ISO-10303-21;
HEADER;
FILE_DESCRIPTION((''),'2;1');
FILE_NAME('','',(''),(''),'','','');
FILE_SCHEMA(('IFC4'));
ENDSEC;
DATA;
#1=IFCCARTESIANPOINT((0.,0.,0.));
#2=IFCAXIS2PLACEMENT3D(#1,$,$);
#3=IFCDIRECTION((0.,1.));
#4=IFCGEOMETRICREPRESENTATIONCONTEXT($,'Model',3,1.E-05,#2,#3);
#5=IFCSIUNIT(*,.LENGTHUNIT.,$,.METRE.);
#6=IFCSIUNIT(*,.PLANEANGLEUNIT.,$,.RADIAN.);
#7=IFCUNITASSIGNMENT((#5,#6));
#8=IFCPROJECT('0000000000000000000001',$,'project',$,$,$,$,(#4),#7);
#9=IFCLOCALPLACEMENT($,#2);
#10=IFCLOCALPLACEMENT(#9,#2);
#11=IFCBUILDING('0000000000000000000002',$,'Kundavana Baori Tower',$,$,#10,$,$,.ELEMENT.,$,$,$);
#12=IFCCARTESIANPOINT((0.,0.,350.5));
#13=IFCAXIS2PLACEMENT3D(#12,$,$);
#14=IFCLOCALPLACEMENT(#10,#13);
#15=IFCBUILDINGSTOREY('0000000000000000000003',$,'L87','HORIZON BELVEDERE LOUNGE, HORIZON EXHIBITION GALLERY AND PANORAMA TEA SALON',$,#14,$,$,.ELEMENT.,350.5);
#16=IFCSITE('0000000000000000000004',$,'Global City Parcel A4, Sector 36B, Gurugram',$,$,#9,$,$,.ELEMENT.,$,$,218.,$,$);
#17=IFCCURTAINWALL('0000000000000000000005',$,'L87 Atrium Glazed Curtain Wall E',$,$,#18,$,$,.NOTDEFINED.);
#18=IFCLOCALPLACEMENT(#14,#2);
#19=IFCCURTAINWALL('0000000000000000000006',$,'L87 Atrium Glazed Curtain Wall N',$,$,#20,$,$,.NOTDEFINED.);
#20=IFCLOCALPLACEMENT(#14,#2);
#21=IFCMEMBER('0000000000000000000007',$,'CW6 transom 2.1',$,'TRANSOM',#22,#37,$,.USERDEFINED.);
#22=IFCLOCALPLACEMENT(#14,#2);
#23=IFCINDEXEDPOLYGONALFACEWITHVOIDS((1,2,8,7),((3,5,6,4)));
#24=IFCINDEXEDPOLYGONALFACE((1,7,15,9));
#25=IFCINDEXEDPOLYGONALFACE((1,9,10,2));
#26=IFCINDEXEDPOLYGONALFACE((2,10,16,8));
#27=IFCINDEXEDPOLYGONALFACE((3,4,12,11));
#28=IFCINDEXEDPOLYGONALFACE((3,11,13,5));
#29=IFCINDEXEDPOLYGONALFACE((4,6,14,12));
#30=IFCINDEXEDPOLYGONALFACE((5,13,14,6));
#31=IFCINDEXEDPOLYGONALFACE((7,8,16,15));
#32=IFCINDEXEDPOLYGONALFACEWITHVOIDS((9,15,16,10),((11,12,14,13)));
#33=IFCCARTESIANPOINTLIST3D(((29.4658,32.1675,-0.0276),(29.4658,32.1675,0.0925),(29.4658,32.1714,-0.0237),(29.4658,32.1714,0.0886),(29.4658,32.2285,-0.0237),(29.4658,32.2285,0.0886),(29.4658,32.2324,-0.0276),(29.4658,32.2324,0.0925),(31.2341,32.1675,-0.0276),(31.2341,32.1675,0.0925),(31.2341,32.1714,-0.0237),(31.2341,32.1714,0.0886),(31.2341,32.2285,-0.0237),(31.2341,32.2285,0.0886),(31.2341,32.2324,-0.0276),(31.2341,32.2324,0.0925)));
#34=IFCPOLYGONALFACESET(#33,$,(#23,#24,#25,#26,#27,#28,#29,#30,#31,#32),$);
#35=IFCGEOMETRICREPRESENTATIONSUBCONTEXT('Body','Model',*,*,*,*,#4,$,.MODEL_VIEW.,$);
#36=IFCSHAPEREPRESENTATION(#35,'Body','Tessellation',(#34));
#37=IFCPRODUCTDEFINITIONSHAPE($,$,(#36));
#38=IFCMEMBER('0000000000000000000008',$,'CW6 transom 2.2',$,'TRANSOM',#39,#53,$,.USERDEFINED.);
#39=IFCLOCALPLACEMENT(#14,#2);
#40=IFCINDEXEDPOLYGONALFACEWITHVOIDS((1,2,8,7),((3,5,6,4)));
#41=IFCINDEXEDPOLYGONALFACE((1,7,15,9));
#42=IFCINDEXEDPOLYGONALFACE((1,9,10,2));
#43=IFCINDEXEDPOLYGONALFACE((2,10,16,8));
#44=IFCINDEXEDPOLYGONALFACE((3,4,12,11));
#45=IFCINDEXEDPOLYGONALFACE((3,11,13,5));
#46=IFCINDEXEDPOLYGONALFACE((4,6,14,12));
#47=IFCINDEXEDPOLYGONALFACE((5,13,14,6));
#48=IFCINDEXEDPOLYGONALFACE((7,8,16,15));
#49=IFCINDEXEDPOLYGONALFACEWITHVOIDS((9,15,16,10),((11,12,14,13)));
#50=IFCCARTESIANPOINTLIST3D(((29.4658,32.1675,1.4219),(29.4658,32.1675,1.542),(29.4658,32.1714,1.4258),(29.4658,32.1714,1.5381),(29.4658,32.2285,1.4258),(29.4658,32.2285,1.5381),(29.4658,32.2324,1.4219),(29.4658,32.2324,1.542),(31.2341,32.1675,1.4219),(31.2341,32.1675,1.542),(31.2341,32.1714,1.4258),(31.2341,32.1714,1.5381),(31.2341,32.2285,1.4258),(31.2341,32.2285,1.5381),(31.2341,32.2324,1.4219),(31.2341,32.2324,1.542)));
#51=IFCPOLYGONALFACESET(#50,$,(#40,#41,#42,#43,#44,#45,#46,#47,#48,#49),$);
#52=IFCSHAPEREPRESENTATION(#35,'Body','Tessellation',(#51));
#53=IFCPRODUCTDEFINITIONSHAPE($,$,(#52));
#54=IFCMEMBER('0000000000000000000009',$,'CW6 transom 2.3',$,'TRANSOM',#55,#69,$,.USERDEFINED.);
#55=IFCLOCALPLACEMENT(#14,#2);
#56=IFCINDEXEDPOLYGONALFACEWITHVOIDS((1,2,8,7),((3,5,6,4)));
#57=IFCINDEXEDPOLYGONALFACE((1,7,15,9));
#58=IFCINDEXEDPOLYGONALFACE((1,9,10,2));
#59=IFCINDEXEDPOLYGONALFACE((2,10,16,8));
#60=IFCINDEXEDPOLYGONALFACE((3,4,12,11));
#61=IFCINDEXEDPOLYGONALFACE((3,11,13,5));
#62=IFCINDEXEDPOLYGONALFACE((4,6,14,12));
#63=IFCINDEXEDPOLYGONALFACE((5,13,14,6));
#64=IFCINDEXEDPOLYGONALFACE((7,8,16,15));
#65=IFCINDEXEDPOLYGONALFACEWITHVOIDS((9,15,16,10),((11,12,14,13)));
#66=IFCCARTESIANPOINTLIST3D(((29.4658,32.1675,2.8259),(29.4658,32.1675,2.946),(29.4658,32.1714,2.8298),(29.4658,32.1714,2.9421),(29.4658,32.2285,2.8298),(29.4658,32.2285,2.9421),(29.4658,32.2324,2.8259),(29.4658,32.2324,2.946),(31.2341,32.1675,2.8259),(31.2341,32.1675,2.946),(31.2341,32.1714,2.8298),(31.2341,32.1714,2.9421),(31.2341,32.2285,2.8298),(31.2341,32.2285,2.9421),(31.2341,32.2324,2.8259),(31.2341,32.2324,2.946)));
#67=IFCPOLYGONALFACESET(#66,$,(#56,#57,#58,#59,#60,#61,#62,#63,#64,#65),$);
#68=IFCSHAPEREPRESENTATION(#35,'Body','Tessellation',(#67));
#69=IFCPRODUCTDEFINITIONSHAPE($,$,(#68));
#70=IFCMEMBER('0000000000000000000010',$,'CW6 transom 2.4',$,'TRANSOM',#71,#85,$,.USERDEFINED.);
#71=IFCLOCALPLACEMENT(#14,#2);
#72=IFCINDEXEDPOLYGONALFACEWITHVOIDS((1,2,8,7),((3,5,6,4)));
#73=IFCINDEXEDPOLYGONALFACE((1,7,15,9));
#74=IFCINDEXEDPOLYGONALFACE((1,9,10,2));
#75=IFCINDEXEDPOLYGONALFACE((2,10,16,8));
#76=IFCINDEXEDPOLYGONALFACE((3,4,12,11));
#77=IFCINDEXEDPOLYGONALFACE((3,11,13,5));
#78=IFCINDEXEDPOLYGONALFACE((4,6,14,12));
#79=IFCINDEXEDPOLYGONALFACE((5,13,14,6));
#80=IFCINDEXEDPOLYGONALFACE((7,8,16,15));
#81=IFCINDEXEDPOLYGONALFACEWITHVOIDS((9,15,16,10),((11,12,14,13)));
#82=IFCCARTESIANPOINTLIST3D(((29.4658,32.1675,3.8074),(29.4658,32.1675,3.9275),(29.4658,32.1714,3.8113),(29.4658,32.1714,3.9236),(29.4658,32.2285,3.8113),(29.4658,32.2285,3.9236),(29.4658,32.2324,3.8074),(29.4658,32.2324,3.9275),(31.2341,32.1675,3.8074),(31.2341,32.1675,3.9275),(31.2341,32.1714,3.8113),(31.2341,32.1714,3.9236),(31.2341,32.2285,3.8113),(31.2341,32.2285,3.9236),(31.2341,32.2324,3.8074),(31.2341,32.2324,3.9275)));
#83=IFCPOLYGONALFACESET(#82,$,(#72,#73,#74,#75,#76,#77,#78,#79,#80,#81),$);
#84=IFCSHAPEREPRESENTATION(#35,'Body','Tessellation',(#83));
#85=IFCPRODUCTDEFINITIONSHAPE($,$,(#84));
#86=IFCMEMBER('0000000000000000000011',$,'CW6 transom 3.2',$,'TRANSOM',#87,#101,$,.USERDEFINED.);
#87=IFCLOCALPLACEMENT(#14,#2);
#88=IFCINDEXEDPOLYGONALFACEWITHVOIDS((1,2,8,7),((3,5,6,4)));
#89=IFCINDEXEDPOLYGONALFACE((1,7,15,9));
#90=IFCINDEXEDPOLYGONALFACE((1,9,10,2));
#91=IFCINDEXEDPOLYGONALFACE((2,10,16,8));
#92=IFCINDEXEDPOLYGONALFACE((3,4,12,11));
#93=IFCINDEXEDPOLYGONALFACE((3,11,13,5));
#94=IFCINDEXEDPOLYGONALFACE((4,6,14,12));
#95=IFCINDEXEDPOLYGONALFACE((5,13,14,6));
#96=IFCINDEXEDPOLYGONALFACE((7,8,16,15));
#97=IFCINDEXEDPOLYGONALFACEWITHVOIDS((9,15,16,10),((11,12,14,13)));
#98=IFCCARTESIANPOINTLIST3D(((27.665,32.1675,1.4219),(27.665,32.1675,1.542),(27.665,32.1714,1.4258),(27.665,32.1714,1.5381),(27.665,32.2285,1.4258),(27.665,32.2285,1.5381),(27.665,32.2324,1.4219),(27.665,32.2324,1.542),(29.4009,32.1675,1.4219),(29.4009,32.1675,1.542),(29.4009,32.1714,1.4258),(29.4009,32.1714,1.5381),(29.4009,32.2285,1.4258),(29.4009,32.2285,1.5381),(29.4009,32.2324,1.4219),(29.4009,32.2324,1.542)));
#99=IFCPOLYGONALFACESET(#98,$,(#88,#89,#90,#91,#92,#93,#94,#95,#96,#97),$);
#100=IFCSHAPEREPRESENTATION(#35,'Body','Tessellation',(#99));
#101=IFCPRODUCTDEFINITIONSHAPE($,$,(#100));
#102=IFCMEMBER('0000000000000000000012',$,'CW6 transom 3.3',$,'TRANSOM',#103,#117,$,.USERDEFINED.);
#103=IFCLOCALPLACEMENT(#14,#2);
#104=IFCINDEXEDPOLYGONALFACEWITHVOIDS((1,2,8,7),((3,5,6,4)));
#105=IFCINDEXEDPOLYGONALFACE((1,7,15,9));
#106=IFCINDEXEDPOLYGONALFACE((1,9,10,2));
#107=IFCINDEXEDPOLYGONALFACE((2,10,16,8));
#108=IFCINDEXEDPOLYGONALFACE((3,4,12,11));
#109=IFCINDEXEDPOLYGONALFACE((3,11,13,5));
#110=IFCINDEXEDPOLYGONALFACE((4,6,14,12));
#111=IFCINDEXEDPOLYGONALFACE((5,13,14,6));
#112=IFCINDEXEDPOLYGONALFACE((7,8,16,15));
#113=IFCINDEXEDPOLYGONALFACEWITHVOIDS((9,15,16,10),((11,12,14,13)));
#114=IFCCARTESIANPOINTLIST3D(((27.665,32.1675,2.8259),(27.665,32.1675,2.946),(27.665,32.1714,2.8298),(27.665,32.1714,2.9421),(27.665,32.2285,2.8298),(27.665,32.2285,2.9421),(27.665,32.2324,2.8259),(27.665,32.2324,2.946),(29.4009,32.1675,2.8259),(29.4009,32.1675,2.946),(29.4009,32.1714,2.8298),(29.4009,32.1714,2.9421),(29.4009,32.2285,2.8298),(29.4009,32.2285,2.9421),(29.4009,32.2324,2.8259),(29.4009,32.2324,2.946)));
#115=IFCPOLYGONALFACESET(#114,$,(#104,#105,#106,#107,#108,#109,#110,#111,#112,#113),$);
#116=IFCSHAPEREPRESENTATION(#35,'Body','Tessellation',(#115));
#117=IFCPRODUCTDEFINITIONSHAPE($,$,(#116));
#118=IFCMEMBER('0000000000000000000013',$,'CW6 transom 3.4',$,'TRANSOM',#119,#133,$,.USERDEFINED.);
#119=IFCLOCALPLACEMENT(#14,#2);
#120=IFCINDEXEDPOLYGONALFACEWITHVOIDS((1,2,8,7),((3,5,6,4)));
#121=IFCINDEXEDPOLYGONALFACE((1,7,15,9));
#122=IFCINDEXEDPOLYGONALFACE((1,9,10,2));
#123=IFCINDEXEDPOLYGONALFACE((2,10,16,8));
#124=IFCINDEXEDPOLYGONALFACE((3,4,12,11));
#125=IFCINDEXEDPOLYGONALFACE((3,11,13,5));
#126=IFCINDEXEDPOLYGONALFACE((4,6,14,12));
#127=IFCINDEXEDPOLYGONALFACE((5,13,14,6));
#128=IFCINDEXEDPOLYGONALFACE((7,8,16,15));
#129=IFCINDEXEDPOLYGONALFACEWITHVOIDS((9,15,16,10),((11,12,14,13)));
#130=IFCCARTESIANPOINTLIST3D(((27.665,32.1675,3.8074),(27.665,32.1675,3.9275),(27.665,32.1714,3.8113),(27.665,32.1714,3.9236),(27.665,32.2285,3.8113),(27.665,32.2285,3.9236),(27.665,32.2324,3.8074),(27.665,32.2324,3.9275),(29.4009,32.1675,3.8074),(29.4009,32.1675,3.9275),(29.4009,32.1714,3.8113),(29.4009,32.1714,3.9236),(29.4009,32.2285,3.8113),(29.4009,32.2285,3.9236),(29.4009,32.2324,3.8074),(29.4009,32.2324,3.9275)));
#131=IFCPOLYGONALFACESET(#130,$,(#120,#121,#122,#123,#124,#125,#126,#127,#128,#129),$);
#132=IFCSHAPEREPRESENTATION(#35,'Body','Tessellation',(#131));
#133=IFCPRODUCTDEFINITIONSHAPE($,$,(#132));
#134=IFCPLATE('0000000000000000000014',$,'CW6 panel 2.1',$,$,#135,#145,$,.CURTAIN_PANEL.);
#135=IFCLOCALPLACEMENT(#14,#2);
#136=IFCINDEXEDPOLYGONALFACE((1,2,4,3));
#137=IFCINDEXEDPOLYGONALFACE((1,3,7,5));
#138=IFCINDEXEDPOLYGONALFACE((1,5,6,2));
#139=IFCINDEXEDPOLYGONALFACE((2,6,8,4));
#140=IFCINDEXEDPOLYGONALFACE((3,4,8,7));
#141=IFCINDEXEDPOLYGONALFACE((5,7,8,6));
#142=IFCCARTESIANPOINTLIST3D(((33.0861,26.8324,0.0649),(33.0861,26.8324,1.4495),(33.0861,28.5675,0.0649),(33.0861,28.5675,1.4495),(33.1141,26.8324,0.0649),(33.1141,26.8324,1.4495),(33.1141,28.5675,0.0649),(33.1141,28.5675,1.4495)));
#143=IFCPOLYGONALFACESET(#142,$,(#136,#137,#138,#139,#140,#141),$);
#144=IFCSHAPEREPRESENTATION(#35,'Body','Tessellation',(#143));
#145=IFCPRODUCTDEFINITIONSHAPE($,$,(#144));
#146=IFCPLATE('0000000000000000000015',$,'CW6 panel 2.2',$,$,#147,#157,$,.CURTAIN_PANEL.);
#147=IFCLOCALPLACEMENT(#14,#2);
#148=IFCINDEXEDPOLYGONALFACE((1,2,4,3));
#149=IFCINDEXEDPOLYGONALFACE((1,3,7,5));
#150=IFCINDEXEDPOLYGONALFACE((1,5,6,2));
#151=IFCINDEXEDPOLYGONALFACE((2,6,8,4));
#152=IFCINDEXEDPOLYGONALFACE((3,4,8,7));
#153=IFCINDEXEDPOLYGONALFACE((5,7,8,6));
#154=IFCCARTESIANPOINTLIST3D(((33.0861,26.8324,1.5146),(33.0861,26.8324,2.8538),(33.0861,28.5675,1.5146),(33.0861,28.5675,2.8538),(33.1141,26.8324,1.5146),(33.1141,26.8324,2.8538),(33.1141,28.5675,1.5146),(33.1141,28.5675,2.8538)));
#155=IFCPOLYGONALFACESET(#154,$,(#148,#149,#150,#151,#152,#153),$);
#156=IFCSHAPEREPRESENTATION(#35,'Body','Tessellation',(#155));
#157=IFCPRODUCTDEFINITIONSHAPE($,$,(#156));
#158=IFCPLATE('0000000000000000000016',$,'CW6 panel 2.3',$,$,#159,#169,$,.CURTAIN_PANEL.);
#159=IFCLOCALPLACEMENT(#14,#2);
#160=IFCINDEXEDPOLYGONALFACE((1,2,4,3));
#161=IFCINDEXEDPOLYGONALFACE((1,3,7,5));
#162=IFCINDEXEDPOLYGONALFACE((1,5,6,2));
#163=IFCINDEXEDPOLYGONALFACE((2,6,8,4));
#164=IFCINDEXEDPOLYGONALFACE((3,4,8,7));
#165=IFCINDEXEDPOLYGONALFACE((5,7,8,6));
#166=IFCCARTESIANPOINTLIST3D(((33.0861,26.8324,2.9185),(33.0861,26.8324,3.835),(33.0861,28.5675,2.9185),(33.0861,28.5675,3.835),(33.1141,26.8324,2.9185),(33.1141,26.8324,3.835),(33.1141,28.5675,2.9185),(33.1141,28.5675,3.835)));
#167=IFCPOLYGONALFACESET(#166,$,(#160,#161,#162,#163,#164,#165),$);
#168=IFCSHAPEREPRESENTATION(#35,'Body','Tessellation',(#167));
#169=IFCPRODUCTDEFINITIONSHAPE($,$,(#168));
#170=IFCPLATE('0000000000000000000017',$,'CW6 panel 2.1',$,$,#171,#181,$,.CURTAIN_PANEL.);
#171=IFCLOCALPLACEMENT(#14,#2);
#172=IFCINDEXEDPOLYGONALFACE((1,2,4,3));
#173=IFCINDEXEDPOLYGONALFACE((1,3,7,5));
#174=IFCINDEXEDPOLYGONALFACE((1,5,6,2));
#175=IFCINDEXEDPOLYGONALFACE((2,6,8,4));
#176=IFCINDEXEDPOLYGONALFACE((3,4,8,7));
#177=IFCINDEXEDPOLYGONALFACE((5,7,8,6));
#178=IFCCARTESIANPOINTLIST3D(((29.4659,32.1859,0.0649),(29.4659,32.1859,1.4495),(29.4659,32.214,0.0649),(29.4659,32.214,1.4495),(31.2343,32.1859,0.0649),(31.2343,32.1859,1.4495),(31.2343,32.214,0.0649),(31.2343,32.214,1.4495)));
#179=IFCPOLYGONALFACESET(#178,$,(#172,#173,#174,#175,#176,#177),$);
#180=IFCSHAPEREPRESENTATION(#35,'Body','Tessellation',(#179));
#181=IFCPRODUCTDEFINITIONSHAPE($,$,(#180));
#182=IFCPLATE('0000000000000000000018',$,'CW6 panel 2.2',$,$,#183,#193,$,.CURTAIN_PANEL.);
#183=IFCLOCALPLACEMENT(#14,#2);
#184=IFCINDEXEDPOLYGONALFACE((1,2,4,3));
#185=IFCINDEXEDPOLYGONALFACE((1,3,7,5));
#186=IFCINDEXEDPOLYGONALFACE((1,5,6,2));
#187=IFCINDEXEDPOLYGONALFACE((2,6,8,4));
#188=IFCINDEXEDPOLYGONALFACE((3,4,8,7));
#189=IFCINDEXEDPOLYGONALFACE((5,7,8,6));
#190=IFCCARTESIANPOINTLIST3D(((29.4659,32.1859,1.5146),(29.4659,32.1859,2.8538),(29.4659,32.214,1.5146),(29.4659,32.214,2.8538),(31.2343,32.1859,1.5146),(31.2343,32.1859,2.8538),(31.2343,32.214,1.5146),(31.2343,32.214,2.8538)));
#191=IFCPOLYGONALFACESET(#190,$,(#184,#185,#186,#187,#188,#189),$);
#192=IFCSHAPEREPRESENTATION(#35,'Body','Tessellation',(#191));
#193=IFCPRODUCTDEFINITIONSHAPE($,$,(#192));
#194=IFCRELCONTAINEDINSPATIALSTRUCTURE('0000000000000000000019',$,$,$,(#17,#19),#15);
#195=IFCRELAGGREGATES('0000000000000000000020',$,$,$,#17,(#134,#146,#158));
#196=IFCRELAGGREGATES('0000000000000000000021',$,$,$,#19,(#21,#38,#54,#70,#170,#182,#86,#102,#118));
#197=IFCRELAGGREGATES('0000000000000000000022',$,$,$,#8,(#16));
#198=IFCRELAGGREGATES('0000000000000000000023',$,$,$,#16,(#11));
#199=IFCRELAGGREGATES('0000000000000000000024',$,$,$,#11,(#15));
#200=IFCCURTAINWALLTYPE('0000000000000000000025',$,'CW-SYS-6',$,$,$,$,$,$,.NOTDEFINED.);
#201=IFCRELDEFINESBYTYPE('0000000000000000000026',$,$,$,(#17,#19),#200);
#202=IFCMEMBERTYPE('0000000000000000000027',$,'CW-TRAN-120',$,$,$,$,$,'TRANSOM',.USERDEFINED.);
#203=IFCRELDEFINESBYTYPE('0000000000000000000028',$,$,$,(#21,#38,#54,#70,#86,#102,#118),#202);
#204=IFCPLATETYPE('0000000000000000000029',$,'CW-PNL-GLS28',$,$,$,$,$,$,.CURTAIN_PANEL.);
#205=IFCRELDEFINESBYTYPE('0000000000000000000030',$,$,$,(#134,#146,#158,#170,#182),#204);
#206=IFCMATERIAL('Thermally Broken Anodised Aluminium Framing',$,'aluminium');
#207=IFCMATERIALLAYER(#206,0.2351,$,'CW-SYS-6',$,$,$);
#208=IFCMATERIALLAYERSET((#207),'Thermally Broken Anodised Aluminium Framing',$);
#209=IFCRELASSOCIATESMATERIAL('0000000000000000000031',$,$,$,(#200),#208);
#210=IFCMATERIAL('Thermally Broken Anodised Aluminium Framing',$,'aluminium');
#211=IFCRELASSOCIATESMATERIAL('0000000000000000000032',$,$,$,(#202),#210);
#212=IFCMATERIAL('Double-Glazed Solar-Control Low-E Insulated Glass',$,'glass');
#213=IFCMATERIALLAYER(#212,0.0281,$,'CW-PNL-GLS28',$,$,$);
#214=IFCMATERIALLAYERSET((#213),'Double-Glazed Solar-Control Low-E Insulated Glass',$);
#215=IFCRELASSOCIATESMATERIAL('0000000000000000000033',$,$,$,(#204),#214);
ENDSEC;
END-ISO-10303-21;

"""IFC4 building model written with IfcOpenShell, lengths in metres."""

from ifc_helpers import new_model, si_unit, direction, frame, origin, origin_2d, place, context, subcontext, project, spatial, rectangle, hollow_rectangle, extrude, material, layer, layer_set, material_profile, profile_set, type_object, element, aggregate, save


model = new_model("IFC4")

# Units and contexts
model_context = context("Model", 3, precision=1e-05, world=origin(), true_north=direction((0.0, 1.0)))
body_context = subcontext(model_context, "Body", "Model", "MODEL_VIEW")
ifc_project = project(units=[si_unit("LENGTHUNIT", "METRE"), si_unit("PLANEANGLEUNIT", "RADIAN")], contexts=[model_context])

# Site, building, storey
site_placement = place(None, origin())
site = spatial("IfcSite", under=ifc_project, at=site_placement, Name="Global City Parcel A4, Sector 36B, Gurugram", CompositionType="ELEMENT", RefElevation=218.0)
building_placement = place(site_placement, origin())
building = spatial("IfcBuilding", under=site, at=building_placement, Name="Kundavana Baori Tower", CompositionType="ELEMENT")
storey_placement = place(building_placement, frame((0.0, 0.0, 350.5)))
storey = spatial("IfcBuildingStorey", under=building, at=storey_placement, Name="L87", Description="HORIZON BELVEDERE LOUNGE, HORIZON EXHIBITION GALLERY AND PANORAMA TEA SALON", CompositionType="ELEMENT", Elevation=350.5)

# Curtain walls
ifc_material_1 = material(Name="Thermally Broken Anodised Aluminium Framing", Category="aluminium")
ifc_layer_1 = layer(ifc_material_1, 0.2351, Name="CW-SYS-6")
ifc_layer_set_1 = layer_set([ifc_layer_1], Name="Thermally Broken Anodised Aluminium Framing")
curtain_wall_type = type_object("IfcCurtainWallType", Name="CW-SYS-6", PredefinedType="NOTDEFINED", material=ifc_layer_set_1)
curtain_wall_1_placement = place(storey_placement, origin())
curtain_wall_1 = element("IfcCurtainWall", 1, at=curtain_wall_1_placement, inside=storey, type_object=curtain_wall_type, Name="L87 Atrium Glazed Curtain Wall E", PredefinedType="NOTDEFINED")
curtain_wall_2_placement = place(storey_placement, origin())
curtain_wall_2 = element("IfcCurtainWall", 2, at=curtain_wall_2_placement, inside=storey, type_object=curtain_wall_type, Name="L87 Atrium Glazed Curtain Wall N", PredefinedType="NOTDEFINED")

# Members
ifc_material_2 = material(Name="Thermally Broken Anodised Aluminium Framing", Category="aluminium")
ifc_material_profile_1 = material_profile(ifc_material_2, hollow_rectangle(XDim=0.0649, YDim=0.1201, WallThickness=0.0039, at=origin_2d()), Name="CW-TRAN-120")
ifc_profile_set_1 = profile_set([ifc_material_profile_1], Name="Thermally Broken Anodised Aluminium Framing")
member_type_1 = type_object("IfcMemberType", Name="CW-TRAN-120", ElementType="TRANSOM", PredefinedType="USERDEFINED", material=ifc_profile_set_1)
member_1_placement = place(storey_placement, frame((31.2341, 32.2, 0.0325), z_axis=(-1.0, 0.0, 0.0), x_axis=(0.0, -1.0, 0.0)))
member_1 = element("IfcMember", 3, at=member_1_placement, type_object=member_type_1, Name="CW6 transom 2.1", ObjectType="TRANSOM", PredefinedType="USERDEFINED", context=body_context, shape_type="SweptSolid", body=[
    extrude(hollow_rectangle(XDim=0.0649, YDim=0.1201, WallThickness=0.0039, at=origin_2d()), origin(), (0.0, 0.0, 1.0), 1.7683),
])
member_2_placement = place(storey_placement, frame((31.2341, 32.2, 1.4819), z_axis=(-1.0, 0.0, 0.0), x_axis=(0.0, -1.0, 0.0)))
member_2 = element("IfcMember", 4, at=member_2_placement, type_object=member_type_1, Name="CW6 transom 2.2", ObjectType="TRANSOM", PredefinedType="USERDEFINED", context=body_context, shape_type="SweptSolid", body=[
    extrude(hollow_rectangle(XDim=0.0649, YDim=0.1201, WallThickness=0.0039, at=origin_2d()), origin(), (0.0, 0.0, 1.0), 1.7683),
])
member_3_placement = place(storey_placement, frame((31.2341, 32.2, 2.886), z_axis=(-1.0, 0.0, 0.0), x_axis=(0.0, -1.0, 0.0)))
member_3 = element("IfcMember", 5, at=member_3_placement, type_object=member_type_1, Name="CW6 transom 2.3", ObjectType="TRANSOM", PredefinedType="USERDEFINED", context=body_context, shape_type="SweptSolid", body=[
    extrude(hollow_rectangle(XDim=0.0649, YDim=0.1201, WallThickness=0.0039, at=origin_2d()), origin(), (0.0, 0.0, 1.0), 1.7683),
])
member_4_placement = place(storey_placement, frame((31.2341, 32.2, 3.8674), z_axis=(-1.0, 0.0, 0.0), x_axis=(0.0, -1.0, 0.0)))
member_4 = element("IfcMember", 6, at=member_4_placement, type_object=member_type_1, Name="CW6 transom 2.4", ObjectType="TRANSOM", PredefinedType="USERDEFINED", context=body_context, shape_type="SweptSolid", body=[
    extrude(hollow_rectangle(XDim=0.0649, YDim=0.1201, WallThickness=0.0039, at=origin_2d()), origin(), (0.0, 0.0, 1.0), 1.7683),
])
member_5_placement = place(storey_placement, frame((29.4009, 32.2, 1.4819), z_axis=(-1.0, 0.0, 0.0), x_axis=(0.0, -1.0, 0.0)))
member_5 = element("IfcMember", 7, at=member_5_placement, type_object=member_type_1, Name="CW6 transom 3.2", ObjectType="TRANSOM", PredefinedType="USERDEFINED", context=body_context, shape_type="SweptSolid", body=[
    extrude(hollow_rectangle(XDim=0.0649, YDim=0.1201, WallThickness=0.0039, at=origin_2d()), origin(), (0.0, 0.0, 1.0), 1.7358),
])
member_6_placement = place(storey_placement, frame((29.4009, 32.2, 2.886), z_axis=(-1.0, 0.0, 0.0), x_axis=(0.0, -1.0, 0.0)))
member_6 = element("IfcMember", 8, at=member_6_placement, type_object=member_type_1, Name="CW6 transom 3.3", ObjectType="TRANSOM", PredefinedType="USERDEFINED", context=body_context, shape_type="SweptSolid", body=[
    extrude(hollow_rectangle(XDim=0.0649, YDim=0.1201, WallThickness=0.0039, at=origin_2d()), origin(), (0.0, 0.0, 1.0), 1.7358),
])
member_7_placement = place(storey_placement, frame((29.4009, 32.2, 3.8674), z_axis=(-1.0, 0.0, 0.0), x_axis=(0.0, -1.0, 0.0)))
member_7 = element("IfcMember", 9, at=member_7_placement, type_object=member_type_1, Name="CW6 transom 3.4", ObjectType="TRANSOM", PredefinedType="USERDEFINED", context=body_context, shape_type="SweptSolid", body=[
    extrude(hollow_rectangle(XDim=0.0649, YDim=0.1201, WallThickness=0.0039, at=origin_2d()), origin(), (0.0, 0.0, 1.0), 1.7358),
])

# Plates
ifc_material_3 = material(Name="Double-Glazed Solar-Control Low-E Insulated Glass", Category="glass")
ifc_layer_2 = layer(ifc_material_3, 0.0281, Name="CW-PNL-GLS28")
ifc_layer_set_2 = layer_set([ifc_layer_2], Name="Double-Glazed Solar-Control Low-E Insulated Glass")
plate_type = type_object("IfcPlateType", Name="CW-PNL-GLS28", PredefinedType="CURTAIN_PANEL", material=ifc_layer_set_2)
plate_1_placement = place(storey_placement, frame((33.1001, 27.7, 0.0649), z_axis=(0.0, 0.0, 1.0), x_axis=(0.0, 1.0, 0.0)))
plate_1 = element("IfcPlate", 10, at=plate_1_placement, type_object=plate_type, Name="CW6 panel 2.1", PredefinedType="CURTAIN_PANEL", context=body_context, shape_type="SweptSolid", body=[
    extrude(rectangle(XDim=1.7351, YDim=0.0281, at=origin_2d()), origin(), (0.0, 0.0, 1.0), 1.3845),
])
plate_2_placement = place(storey_placement, frame((33.1001, 27.7, 1.5146), z_axis=(0.0, 0.0, 1.0), x_axis=(0.0, 1.0, 0.0)))
plate_2 = element("IfcPlate", 11, at=plate_2_placement, type_object=plate_type, Name="CW6 panel 2.2", PredefinedType="CURTAIN_PANEL", context=body_context, shape_type="SweptSolid", body=[
    extrude(rectangle(XDim=1.7351, YDim=0.0281, at=origin_2d()), origin(), (0.0, 0.0, 1.0), 1.3391),
])
plate_3_placement = place(storey_placement, frame((33.1001, 27.7, 2.9185), z_axis=(0.0, 0.0, 1.0), x_axis=(0.0, 1.0, 0.0)))
plate_3 = element("IfcPlate", 12, at=plate_3_placement, type_object=plate_type, Name="CW6 panel 2.3", PredefinedType="CURTAIN_PANEL", context=body_context, shape_type="SweptSolid", body=[
    extrude(rectangle(XDim=1.7351, YDim=0.0281, at=origin_2d()), origin(), (0.0, 0.0, 1.0), 0.9165),
])
aggregate(curtain_wall_1, [plate_1, plate_2, plate_3])
plate_4_placement = place(storey_placement, frame((30.3501, 32.2, 0.0649), z_axis=(0.0, 0.0, 1.0), x_axis=(-1.0, 0.0, 0.0)))
plate_4 = element("IfcPlate", 13, at=plate_4_placement, type_object=plate_type, Name="CW6 panel 2.1", PredefinedType="CURTAIN_PANEL", context=body_context, shape_type="SweptSolid", body=[
    extrude(rectangle(XDim=1.7683, YDim=0.0281, at=origin_2d()), origin(), (0.0, 0.0, 1.0), 1.3845),
])
plate_5_placement = place(storey_placement, frame((30.3501, 32.2, 1.5146), z_axis=(0.0, 0.0, 1.0), x_axis=(-1.0, 0.0, 0.0)))
plate_5 = element("IfcPlate", 14, at=plate_5_placement, type_object=plate_type, Name="CW6 panel 2.2", PredefinedType="CURTAIN_PANEL", context=body_context, shape_type="SweptSolid", body=[
    extrude(rectangle(XDim=1.7683, YDim=0.0281, at=origin_2d()), origin(), (0.0, 0.0, 1.0), 1.3391),
])
aggregate(curtain_wall_2, [member_1, member_2, member_3, member_4, plate_4, plate_5, member_5, member_6, member_7])

save(model, "model.ifc")
